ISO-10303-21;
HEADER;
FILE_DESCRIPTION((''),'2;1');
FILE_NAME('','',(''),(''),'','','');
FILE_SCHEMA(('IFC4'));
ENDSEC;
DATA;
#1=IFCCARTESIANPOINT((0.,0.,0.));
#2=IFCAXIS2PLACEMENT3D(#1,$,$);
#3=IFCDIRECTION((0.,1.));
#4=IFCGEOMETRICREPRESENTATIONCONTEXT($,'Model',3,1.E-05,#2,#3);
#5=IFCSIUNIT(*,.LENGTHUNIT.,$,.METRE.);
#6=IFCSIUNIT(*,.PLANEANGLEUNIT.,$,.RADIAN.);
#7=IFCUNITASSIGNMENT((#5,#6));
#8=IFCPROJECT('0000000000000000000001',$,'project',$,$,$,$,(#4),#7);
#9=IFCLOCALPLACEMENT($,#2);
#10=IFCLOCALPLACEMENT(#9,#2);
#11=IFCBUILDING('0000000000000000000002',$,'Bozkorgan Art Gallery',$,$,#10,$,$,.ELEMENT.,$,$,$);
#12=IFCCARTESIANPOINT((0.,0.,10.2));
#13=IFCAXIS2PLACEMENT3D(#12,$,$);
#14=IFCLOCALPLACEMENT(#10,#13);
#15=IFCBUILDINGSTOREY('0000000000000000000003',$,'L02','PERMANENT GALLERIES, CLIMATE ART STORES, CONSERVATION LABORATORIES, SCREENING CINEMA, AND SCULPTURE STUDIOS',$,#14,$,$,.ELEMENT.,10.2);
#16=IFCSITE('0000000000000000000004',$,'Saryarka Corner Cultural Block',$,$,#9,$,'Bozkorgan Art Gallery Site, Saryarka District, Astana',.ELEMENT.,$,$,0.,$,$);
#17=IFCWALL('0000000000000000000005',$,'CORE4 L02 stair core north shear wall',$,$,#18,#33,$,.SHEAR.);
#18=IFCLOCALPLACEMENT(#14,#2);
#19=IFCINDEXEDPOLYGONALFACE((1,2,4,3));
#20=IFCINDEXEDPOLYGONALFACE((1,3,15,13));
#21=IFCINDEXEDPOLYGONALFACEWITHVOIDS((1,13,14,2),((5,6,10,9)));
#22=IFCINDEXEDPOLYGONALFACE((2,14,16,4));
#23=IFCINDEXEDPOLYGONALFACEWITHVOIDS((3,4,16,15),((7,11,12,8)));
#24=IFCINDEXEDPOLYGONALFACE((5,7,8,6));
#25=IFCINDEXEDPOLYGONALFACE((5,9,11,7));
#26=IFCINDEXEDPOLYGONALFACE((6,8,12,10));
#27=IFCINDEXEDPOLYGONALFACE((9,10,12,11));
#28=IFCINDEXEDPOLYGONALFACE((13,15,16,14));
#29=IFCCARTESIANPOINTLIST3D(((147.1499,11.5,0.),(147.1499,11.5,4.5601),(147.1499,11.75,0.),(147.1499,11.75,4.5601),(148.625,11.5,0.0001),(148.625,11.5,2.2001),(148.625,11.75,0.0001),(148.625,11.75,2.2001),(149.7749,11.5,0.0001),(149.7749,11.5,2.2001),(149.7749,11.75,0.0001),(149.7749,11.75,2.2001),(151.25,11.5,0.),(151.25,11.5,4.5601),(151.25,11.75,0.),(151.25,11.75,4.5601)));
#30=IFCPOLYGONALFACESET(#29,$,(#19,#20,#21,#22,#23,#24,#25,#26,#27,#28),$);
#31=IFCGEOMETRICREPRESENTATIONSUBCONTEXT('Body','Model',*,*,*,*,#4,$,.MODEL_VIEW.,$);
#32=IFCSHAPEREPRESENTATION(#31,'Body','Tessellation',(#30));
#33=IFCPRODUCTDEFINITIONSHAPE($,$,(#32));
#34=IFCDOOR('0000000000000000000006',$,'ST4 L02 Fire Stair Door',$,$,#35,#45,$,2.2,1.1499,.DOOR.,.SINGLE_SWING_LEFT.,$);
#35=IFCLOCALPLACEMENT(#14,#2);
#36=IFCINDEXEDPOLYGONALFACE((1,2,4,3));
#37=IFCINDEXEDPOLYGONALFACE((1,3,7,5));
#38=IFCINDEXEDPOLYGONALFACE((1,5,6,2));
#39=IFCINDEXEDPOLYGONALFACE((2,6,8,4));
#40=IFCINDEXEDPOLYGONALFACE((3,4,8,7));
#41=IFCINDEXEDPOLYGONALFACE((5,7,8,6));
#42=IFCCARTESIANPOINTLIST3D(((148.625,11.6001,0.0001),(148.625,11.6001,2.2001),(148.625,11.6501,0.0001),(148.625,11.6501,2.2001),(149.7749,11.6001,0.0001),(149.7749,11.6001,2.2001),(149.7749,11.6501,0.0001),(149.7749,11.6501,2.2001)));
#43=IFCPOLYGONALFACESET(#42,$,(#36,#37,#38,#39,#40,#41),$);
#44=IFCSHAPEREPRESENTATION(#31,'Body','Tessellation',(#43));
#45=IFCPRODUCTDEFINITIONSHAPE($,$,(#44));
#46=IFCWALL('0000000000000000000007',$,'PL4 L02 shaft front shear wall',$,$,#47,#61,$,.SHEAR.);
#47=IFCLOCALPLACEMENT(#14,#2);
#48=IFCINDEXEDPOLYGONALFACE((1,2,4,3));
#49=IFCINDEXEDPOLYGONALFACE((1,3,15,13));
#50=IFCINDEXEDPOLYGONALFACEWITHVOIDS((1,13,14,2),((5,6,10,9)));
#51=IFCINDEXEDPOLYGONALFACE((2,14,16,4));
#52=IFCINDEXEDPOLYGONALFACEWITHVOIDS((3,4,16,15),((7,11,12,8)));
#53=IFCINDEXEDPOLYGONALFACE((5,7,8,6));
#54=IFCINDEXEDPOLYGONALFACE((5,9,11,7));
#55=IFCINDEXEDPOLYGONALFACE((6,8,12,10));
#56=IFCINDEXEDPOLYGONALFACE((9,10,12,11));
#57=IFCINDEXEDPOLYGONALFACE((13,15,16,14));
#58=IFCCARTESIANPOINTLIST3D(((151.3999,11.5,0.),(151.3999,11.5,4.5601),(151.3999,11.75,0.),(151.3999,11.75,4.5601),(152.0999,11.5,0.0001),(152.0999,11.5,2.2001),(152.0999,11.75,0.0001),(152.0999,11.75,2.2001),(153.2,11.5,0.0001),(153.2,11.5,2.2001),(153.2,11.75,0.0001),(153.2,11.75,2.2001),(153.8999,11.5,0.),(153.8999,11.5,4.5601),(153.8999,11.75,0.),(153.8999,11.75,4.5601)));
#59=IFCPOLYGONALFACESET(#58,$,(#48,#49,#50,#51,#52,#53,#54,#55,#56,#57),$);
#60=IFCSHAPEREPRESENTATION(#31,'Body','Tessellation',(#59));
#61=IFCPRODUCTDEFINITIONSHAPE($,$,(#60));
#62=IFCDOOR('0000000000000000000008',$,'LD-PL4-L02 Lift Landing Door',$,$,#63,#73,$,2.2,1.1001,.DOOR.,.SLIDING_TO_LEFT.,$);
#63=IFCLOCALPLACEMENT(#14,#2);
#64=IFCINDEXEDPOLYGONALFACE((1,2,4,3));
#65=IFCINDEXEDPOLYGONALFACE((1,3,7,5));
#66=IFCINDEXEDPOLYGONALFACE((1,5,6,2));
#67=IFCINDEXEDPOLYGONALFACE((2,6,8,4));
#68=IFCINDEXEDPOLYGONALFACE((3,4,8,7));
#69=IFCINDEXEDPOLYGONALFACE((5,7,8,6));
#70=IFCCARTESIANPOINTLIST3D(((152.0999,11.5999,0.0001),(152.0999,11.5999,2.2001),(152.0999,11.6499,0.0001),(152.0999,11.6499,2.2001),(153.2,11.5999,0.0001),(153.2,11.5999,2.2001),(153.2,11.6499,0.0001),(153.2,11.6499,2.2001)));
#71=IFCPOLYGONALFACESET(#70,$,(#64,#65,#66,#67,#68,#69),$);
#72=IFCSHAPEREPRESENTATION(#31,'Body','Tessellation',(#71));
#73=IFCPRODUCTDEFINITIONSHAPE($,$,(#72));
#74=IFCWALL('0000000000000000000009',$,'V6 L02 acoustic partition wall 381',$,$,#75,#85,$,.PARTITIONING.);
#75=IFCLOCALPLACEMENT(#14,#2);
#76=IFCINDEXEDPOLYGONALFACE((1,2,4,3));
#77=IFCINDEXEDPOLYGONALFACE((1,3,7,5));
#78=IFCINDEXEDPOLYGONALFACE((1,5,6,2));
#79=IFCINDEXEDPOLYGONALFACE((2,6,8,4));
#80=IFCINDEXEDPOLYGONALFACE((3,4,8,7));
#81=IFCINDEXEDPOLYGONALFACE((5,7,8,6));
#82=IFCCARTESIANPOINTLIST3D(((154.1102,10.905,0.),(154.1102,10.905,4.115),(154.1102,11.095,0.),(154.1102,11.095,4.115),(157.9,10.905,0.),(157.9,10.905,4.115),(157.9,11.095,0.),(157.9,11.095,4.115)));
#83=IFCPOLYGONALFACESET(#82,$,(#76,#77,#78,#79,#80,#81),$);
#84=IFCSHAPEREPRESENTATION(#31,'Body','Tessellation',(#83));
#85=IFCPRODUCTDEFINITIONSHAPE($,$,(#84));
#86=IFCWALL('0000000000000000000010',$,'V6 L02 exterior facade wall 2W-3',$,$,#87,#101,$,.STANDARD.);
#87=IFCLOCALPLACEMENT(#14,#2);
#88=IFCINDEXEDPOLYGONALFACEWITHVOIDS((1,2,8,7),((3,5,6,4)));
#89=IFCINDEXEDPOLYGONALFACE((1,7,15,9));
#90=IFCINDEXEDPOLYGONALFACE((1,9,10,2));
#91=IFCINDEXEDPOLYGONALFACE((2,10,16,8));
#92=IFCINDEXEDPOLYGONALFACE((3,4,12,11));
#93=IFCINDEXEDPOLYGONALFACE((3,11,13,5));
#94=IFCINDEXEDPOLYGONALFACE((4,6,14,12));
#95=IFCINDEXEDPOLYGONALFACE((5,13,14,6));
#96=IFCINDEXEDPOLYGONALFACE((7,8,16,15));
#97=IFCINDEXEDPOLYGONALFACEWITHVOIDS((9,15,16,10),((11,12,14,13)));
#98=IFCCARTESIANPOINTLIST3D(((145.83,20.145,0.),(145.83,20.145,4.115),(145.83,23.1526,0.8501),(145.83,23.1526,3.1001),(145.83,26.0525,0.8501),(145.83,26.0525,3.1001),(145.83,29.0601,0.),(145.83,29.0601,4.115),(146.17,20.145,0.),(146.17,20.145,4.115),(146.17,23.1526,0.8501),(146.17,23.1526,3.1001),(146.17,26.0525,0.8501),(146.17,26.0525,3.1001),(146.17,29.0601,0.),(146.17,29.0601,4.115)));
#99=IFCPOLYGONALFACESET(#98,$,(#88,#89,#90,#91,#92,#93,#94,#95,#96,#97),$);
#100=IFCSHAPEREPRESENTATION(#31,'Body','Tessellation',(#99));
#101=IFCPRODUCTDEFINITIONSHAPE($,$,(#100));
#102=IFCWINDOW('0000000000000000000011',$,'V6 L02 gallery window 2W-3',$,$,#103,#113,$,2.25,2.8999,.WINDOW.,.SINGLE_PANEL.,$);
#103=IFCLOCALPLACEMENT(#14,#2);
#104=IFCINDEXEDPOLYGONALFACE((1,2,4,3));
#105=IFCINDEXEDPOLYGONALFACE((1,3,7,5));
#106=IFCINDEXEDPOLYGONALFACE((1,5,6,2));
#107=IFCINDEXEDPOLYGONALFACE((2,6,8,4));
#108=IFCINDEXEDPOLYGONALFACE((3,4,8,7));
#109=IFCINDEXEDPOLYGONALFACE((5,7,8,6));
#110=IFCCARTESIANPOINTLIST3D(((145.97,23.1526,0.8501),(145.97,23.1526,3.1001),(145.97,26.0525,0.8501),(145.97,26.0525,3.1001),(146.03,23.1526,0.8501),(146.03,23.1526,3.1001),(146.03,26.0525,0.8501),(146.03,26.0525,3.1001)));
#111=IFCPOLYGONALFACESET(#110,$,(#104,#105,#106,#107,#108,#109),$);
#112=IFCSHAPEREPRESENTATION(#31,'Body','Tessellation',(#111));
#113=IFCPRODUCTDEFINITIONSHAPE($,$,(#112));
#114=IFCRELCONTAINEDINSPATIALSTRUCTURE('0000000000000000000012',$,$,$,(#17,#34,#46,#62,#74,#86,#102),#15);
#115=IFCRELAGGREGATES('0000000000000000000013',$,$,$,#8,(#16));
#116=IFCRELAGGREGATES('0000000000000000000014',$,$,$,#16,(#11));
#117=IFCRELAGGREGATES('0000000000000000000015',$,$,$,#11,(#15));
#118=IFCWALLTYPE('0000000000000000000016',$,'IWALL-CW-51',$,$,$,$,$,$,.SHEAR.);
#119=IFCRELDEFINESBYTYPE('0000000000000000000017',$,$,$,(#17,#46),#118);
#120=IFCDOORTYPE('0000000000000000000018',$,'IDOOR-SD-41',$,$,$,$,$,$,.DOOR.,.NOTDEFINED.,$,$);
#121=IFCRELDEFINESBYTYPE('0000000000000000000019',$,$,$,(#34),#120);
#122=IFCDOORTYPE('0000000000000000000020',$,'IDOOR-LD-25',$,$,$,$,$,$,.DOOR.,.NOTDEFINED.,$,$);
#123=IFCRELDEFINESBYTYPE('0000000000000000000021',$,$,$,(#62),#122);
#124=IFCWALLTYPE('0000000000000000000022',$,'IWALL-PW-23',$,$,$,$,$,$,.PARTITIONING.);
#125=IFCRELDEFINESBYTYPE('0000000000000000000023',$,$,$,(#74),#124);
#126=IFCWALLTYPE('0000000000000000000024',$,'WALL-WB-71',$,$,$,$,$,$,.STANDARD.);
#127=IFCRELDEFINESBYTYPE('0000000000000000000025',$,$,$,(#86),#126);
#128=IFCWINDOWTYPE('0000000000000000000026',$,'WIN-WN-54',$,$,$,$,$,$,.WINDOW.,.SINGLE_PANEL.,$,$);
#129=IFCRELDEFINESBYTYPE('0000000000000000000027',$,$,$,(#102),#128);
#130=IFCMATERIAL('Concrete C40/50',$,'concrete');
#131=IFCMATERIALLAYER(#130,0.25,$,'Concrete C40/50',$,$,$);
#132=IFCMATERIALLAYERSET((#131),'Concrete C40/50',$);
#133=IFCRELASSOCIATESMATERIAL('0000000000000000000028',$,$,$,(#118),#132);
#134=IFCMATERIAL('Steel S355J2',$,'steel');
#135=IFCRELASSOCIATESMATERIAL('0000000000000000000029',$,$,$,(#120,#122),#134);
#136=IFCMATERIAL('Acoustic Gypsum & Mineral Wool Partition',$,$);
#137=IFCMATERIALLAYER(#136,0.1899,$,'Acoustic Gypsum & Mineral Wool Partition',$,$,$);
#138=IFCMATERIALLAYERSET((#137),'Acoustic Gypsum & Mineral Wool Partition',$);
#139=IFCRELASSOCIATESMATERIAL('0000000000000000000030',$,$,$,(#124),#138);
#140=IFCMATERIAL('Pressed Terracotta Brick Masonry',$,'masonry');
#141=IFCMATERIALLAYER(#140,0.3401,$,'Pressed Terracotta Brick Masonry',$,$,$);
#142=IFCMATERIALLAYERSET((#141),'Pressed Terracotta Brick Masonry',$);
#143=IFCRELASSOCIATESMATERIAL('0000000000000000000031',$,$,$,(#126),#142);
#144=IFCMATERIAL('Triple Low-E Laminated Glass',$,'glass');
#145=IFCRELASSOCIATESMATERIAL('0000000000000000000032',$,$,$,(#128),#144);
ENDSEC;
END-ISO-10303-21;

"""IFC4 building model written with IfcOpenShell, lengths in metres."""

from ifc_helpers import new_model, si_unit, direction, frame, frame_2d, origin, place, context, subcontext, project, spatial, rectangle, extrude, material, layer, layer_set, type_object, element, fill, save


model = new_model("IFC4")

# Units and contexts
model_context = context("Model", 3, precision=1e-05, world=origin(), true_north=direction((0.0, 1.0)))
body_context = subcontext(model_context, "Body", "Model", "MODEL_VIEW")
ifc_project = project(units=[si_unit("LENGTHUNIT", "METRE"), si_unit("PLANEANGLEUNIT", "RADIAN")], contexts=[model_context])

# Site, building, storey
site_placement = place(None, origin())
site = spatial("IfcSite", under=ifc_project, at=site_placement, Name="Saryarka Corner Cultural Block", LongName="Bozkorgan Art Gallery Site, Saryarka District, Astana", CompositionType="ELEMENT", RefElevation=0.0)
building_placement = place(site_placement, origin())
building = spatial("IfcBuilding", under=site, at=building_placement, Name="Bozkorgan Art Gallery", CompositionType="ELEMENT")
storey_placement = place(building_placement, frame((0.0, 0.0, 10.2)))
storey = spatial("IfcBuildingStorey", under=building, at=storey_placement, Name="L02", Description="PERMANENT GALLERIES, CLIMATE ART STORES, CONSERVATION LABORATORIES, SCREENING CINEMA, AND SCULPTURE STUDIOS", CompositionType="ELEMENT", Elevation=10.2)

# Shared definitions
ifc_material_1 = material(Name="Steel S355J2", Category="steel")

# Walls, openings, doors
ifc_material_2 = material(Name="Concrete C40/50", Category="concrete")
ifc_layer_1 = layer(ifc_material_2, 0.25, Name="Concrete C40/50")
ifc_layer_set_1 = layer_set([ifc_layer_1], Name="Concrete C40/50")
wall_type_1 = type_object("IfcWallType", Name="IWALL-CW-51", PredefinedType="SHEAR", material=ifc_layer_set_1)
wall_1_placement = place(storey_placement, frame((147.1499, 11.625, 0.0), z_axis=(0.0, 0.0, 1.0), x_axis=(1.0, 0.0, 0.0)))
wall_1 = element("IfcWall", 1, at=wall_1_placement, inside=storey, type_object=wall_type_1, Name="CORE4 L02 stair core north shear wall", PredefinedType="SHEAR", context=body_context, shape_type="SweptSolid", body=[
    extrude(rectangle(XDim=4.1001, YDim=0.25, at=frame_2d((2.05, 0.0))), origin(), (0.0, 0.0, 1.0), 4.5601),
])
opening_1_placement = place(wall_1_placement, frame((2.625, 0.0, 0.0), z_axis=(0.0, 0.0, 1.0), x_axis=(-1.0, 0.0, 0.0)))
opening_1 = element("IfcOpeningElement", 2, at=opening_1_placement, cuts=wall_1, PredefinedType="OPENING", context=body_context, shape_type="SweptSolid", body=[
    extrude(rectangle(XDim=1.1499, YDim=2.2, at=frame_2d((0.575, 1.1001))), frame((0.0, 0.135, 0.0), z_axis=(0.0, -1.0, 0.0), x_axis=(1.0, 0.0, 0.0)), (0.0, 0.0, 1.0), 0.27),
])
door_type_1 = type_object("IfcDoorType", Name="IDOOR-SD-41", OperationType="NOTDEFINED", PredefinedType="DOOR", material=ifc_material_1)
door_1_placement = place(opening_1_placement, origin())
door_1 = element("IfcDoor", 3, at=door_1_placement, inside=storey, type_object=door_type_1, Name="ST4 L02 Fire Stair Door", OperationType="SINGLE_SWING_LEFT", OverallHeight=2.2, OverallWidth=1.1499, PredefinedType="DOOR", context=body_context, shape_type="SweptSolid", body=[
    extrude(rectangle(XDim=1.1499, YDim=2.2, at=frame_2d((0.575, 1.1001))), frame((0.0, 0.0249, 0.0), z_axis=(0.0, -1.0, 0.0), x_axis=(1.0, 0.0, 0.0)), (0.0, 0.0, 1.0), 0.05),
])
fill(opening_1, door_1)
wall_2_placement = place(storey_placement, frame((151.3999, 11.625, 0.0), z_axis=(0.0, 0.0, 1.0), x_axis=(1.0, 0.0, 0.0)))
wall_2 = element("IfcWall", 4, at=wall_2_placement, inside=storey, type_object=wall_type_1, Name="PL4 L02 shaft front shear wall", PredefinedType="SHEAR", context=body_context, shape_type="SweptSolid", body=[
    extrude(rectangle(XDim=2.5, YDim=0.25, at=frame_2d((1.25, 0.0))), origin(), (0.0, 0.0, 1.0), 4.5601),
])
opening_2_placement = place(wall_2_placement, frame((0.7, 0.0, 0.0)))
opening_2 = element("IfcOpeningElement", 5, at=opening_2_placement, cuts=wall_2, PredefinedType="OPENING", context=body_context, shape_type="SweptSolid", body=[
    extrude(rectangle(XDim=1.1001, YDim=2.2, at=frame_2d((0.55, 1.1001))), frame((0.0, 0.135, 0.0), z_axis=(0.0, -1.0, 0.0), x_axis=(1.0, 0.0, 0.0)), (0.0, 0.0, 1.0), 0.27),
])
door_type_2 = type_object("IfcDoorType", Name="IDOOR-LD-25", OperationType="NOTDEFINED", PredefinedType="DOOR", material=ifc_material_1)
door_2_placement = place(opening_2_placement, origin())
door_2 = element("IfcDoor", 6, at=door_2_placement, inside=storey, type_object=door_type_2, Name="LD-PL4-L02 Lift Landing Door", OperationType="SLIDING_TO_LEFT", OverallHeight=2.2, OverallWidth=1.1001, PredefinedType="DOOR", context=body_context, shape_type="SweptSolid", body=[
    extrude(rectangle(XDim=1.1001, YDim=2.2, at=frame_2d((0.55, 1.1001))), frame((0.0, 0.0249, 0.0), z_axis=(0.0, -1.0, 0.0), x_axis=(1.0, 0.0, 0.0)), (0.0, 0.0, 1.0), 0.05),
])
fill(opening_2, door_2)

# Wall
ifc_material_3 = material(Name="Acoustic Gypsum & Mineral Wool Partition")
ifc_layer_2 = layer(ifc_material_3, 0.1899, Name="Acoustic Gypsum & Mineral Wool Partition")
ifc_layer_set_2 = layer_set([ifc_layer_2], Name="Acoustic Gypsum & Mineral Wool Partition")
wall_type_2 = type_object("IfcWallType", Name="IWALL-PW-23", PredefinedType="PARTITIONING", material=ifc_layer_set_2)
wall_3_placement = place(storey_placement, frame((154.1101, 11.0, 0.0), z_axis=(0.0, 0.0, 1.0), x_axis=(1.0, 0.0, 0.0)))
element("IfcWall", 7, at=wall_3_placement, inside=storey, type_object=wall_type_2, Name="V6 L02 acoustic partition wall 381", PredefinedType="PARTITIONING", context=body_context, shape_type="SweptSolid", body=[
    extrude(rectangle(XDim=3.7898, YDim=0.1899, at=frame_2d((1.895, 0.0))), origin(), (0.0, 0.0, 1.0), 4.115),
])

# Wall, opening, window
ifc_material_4 = material(Name="Pressed Terracotta Brick Masonry", Category="masonry")
ifc_layer_3 = layer(ifc_material_4, 0.3401, Name="Pressed Terracotta Brick Masonry")
ifc_layer_set_3 = layer_set([ifc_layer_3], Name="Pressed Terracotta Brick Masonry")
wall_type_3 = type_object("IfcWallType", Name="WALL-WB-71", PredefinedType="STANDARD", material=ifc_layer_set_3)
wall_4_placement = place(storey_placement, frame((146.0, 20.145, 0.0), z_axis=(0.0, 0.0, 1.0), x_axis=(0.0, 1.0, 0.0)))
wall_4 = element("IfcWall", 8, at=wall_4_placement, inside=storey, type_object=wall_type_3, Name="V6 L02 exterior facade wall 2W-3", PredefinedType="STANDARD", context=body_context, shape_type="SweptSolid", body=[
    extrude(rectangle(XDim=8.915, YDim=0.3401, at=frame_2d((4.4575, 0.0))), origin(), (0.0, 0.0, 1.0), 4.115),
])
opening_3_placement = place(wall_4_placement, frame((3.0076, 0.0, 0.8501)))
opening_3 = element("IfcOpeningElement", 9, at=opening_3_placement, cuts=wall_4, PredefinedType="OPENING", context=body_context, shape_type="SweptSolid", body=[
    extrude(rectangle(XDim=2.8999, YDim=2.25, at=frame_2d((1.45, 1.125))), frame((0.0, 0.1802, 0.0), z_axis=(0.0, -1.0, 0.0), x_axis=(1.0, 0.0, 0.0)), (0.0, 0.0, 1.0), 0.3601),
])
ifc_material_5 = material(Name="Triple Low-E Laminated Glass", Category="glass")
window_type = type_object("IfcWindowType", Name="WIN-WN-54", PartitioningType="SINGLE_PANEL", PredefinedType="WINDOW", material=ifc_material_5)
window_placement = place(opening_3_placement, origin())
window = element("IfcWindow", 10, at=window_placement, inside=storey, type_object=window_type, Name="V6 L02 gallery window 2W-3", OverallHeight=2.25, OverallWidth=2.8999, PartitioningType="SINGLE_PANEL", PredefinedType="WINDOW", context=body_context, shape_type="SweptSolid", body=[
    extrude(rectangle(XDim=2.8999, YDim=2.25, at=frame_2d((1.45, 1.125))), frame((0.0, 0.03, 0.0), z_axis=(0.0, -1.0, 0.0), x_axis=(1.0, 0.0, 0.0)), (0.0, 0.0, 1.0), 0.0601),
])
fill(opening_3, window)

save(model, "model.ifc")
